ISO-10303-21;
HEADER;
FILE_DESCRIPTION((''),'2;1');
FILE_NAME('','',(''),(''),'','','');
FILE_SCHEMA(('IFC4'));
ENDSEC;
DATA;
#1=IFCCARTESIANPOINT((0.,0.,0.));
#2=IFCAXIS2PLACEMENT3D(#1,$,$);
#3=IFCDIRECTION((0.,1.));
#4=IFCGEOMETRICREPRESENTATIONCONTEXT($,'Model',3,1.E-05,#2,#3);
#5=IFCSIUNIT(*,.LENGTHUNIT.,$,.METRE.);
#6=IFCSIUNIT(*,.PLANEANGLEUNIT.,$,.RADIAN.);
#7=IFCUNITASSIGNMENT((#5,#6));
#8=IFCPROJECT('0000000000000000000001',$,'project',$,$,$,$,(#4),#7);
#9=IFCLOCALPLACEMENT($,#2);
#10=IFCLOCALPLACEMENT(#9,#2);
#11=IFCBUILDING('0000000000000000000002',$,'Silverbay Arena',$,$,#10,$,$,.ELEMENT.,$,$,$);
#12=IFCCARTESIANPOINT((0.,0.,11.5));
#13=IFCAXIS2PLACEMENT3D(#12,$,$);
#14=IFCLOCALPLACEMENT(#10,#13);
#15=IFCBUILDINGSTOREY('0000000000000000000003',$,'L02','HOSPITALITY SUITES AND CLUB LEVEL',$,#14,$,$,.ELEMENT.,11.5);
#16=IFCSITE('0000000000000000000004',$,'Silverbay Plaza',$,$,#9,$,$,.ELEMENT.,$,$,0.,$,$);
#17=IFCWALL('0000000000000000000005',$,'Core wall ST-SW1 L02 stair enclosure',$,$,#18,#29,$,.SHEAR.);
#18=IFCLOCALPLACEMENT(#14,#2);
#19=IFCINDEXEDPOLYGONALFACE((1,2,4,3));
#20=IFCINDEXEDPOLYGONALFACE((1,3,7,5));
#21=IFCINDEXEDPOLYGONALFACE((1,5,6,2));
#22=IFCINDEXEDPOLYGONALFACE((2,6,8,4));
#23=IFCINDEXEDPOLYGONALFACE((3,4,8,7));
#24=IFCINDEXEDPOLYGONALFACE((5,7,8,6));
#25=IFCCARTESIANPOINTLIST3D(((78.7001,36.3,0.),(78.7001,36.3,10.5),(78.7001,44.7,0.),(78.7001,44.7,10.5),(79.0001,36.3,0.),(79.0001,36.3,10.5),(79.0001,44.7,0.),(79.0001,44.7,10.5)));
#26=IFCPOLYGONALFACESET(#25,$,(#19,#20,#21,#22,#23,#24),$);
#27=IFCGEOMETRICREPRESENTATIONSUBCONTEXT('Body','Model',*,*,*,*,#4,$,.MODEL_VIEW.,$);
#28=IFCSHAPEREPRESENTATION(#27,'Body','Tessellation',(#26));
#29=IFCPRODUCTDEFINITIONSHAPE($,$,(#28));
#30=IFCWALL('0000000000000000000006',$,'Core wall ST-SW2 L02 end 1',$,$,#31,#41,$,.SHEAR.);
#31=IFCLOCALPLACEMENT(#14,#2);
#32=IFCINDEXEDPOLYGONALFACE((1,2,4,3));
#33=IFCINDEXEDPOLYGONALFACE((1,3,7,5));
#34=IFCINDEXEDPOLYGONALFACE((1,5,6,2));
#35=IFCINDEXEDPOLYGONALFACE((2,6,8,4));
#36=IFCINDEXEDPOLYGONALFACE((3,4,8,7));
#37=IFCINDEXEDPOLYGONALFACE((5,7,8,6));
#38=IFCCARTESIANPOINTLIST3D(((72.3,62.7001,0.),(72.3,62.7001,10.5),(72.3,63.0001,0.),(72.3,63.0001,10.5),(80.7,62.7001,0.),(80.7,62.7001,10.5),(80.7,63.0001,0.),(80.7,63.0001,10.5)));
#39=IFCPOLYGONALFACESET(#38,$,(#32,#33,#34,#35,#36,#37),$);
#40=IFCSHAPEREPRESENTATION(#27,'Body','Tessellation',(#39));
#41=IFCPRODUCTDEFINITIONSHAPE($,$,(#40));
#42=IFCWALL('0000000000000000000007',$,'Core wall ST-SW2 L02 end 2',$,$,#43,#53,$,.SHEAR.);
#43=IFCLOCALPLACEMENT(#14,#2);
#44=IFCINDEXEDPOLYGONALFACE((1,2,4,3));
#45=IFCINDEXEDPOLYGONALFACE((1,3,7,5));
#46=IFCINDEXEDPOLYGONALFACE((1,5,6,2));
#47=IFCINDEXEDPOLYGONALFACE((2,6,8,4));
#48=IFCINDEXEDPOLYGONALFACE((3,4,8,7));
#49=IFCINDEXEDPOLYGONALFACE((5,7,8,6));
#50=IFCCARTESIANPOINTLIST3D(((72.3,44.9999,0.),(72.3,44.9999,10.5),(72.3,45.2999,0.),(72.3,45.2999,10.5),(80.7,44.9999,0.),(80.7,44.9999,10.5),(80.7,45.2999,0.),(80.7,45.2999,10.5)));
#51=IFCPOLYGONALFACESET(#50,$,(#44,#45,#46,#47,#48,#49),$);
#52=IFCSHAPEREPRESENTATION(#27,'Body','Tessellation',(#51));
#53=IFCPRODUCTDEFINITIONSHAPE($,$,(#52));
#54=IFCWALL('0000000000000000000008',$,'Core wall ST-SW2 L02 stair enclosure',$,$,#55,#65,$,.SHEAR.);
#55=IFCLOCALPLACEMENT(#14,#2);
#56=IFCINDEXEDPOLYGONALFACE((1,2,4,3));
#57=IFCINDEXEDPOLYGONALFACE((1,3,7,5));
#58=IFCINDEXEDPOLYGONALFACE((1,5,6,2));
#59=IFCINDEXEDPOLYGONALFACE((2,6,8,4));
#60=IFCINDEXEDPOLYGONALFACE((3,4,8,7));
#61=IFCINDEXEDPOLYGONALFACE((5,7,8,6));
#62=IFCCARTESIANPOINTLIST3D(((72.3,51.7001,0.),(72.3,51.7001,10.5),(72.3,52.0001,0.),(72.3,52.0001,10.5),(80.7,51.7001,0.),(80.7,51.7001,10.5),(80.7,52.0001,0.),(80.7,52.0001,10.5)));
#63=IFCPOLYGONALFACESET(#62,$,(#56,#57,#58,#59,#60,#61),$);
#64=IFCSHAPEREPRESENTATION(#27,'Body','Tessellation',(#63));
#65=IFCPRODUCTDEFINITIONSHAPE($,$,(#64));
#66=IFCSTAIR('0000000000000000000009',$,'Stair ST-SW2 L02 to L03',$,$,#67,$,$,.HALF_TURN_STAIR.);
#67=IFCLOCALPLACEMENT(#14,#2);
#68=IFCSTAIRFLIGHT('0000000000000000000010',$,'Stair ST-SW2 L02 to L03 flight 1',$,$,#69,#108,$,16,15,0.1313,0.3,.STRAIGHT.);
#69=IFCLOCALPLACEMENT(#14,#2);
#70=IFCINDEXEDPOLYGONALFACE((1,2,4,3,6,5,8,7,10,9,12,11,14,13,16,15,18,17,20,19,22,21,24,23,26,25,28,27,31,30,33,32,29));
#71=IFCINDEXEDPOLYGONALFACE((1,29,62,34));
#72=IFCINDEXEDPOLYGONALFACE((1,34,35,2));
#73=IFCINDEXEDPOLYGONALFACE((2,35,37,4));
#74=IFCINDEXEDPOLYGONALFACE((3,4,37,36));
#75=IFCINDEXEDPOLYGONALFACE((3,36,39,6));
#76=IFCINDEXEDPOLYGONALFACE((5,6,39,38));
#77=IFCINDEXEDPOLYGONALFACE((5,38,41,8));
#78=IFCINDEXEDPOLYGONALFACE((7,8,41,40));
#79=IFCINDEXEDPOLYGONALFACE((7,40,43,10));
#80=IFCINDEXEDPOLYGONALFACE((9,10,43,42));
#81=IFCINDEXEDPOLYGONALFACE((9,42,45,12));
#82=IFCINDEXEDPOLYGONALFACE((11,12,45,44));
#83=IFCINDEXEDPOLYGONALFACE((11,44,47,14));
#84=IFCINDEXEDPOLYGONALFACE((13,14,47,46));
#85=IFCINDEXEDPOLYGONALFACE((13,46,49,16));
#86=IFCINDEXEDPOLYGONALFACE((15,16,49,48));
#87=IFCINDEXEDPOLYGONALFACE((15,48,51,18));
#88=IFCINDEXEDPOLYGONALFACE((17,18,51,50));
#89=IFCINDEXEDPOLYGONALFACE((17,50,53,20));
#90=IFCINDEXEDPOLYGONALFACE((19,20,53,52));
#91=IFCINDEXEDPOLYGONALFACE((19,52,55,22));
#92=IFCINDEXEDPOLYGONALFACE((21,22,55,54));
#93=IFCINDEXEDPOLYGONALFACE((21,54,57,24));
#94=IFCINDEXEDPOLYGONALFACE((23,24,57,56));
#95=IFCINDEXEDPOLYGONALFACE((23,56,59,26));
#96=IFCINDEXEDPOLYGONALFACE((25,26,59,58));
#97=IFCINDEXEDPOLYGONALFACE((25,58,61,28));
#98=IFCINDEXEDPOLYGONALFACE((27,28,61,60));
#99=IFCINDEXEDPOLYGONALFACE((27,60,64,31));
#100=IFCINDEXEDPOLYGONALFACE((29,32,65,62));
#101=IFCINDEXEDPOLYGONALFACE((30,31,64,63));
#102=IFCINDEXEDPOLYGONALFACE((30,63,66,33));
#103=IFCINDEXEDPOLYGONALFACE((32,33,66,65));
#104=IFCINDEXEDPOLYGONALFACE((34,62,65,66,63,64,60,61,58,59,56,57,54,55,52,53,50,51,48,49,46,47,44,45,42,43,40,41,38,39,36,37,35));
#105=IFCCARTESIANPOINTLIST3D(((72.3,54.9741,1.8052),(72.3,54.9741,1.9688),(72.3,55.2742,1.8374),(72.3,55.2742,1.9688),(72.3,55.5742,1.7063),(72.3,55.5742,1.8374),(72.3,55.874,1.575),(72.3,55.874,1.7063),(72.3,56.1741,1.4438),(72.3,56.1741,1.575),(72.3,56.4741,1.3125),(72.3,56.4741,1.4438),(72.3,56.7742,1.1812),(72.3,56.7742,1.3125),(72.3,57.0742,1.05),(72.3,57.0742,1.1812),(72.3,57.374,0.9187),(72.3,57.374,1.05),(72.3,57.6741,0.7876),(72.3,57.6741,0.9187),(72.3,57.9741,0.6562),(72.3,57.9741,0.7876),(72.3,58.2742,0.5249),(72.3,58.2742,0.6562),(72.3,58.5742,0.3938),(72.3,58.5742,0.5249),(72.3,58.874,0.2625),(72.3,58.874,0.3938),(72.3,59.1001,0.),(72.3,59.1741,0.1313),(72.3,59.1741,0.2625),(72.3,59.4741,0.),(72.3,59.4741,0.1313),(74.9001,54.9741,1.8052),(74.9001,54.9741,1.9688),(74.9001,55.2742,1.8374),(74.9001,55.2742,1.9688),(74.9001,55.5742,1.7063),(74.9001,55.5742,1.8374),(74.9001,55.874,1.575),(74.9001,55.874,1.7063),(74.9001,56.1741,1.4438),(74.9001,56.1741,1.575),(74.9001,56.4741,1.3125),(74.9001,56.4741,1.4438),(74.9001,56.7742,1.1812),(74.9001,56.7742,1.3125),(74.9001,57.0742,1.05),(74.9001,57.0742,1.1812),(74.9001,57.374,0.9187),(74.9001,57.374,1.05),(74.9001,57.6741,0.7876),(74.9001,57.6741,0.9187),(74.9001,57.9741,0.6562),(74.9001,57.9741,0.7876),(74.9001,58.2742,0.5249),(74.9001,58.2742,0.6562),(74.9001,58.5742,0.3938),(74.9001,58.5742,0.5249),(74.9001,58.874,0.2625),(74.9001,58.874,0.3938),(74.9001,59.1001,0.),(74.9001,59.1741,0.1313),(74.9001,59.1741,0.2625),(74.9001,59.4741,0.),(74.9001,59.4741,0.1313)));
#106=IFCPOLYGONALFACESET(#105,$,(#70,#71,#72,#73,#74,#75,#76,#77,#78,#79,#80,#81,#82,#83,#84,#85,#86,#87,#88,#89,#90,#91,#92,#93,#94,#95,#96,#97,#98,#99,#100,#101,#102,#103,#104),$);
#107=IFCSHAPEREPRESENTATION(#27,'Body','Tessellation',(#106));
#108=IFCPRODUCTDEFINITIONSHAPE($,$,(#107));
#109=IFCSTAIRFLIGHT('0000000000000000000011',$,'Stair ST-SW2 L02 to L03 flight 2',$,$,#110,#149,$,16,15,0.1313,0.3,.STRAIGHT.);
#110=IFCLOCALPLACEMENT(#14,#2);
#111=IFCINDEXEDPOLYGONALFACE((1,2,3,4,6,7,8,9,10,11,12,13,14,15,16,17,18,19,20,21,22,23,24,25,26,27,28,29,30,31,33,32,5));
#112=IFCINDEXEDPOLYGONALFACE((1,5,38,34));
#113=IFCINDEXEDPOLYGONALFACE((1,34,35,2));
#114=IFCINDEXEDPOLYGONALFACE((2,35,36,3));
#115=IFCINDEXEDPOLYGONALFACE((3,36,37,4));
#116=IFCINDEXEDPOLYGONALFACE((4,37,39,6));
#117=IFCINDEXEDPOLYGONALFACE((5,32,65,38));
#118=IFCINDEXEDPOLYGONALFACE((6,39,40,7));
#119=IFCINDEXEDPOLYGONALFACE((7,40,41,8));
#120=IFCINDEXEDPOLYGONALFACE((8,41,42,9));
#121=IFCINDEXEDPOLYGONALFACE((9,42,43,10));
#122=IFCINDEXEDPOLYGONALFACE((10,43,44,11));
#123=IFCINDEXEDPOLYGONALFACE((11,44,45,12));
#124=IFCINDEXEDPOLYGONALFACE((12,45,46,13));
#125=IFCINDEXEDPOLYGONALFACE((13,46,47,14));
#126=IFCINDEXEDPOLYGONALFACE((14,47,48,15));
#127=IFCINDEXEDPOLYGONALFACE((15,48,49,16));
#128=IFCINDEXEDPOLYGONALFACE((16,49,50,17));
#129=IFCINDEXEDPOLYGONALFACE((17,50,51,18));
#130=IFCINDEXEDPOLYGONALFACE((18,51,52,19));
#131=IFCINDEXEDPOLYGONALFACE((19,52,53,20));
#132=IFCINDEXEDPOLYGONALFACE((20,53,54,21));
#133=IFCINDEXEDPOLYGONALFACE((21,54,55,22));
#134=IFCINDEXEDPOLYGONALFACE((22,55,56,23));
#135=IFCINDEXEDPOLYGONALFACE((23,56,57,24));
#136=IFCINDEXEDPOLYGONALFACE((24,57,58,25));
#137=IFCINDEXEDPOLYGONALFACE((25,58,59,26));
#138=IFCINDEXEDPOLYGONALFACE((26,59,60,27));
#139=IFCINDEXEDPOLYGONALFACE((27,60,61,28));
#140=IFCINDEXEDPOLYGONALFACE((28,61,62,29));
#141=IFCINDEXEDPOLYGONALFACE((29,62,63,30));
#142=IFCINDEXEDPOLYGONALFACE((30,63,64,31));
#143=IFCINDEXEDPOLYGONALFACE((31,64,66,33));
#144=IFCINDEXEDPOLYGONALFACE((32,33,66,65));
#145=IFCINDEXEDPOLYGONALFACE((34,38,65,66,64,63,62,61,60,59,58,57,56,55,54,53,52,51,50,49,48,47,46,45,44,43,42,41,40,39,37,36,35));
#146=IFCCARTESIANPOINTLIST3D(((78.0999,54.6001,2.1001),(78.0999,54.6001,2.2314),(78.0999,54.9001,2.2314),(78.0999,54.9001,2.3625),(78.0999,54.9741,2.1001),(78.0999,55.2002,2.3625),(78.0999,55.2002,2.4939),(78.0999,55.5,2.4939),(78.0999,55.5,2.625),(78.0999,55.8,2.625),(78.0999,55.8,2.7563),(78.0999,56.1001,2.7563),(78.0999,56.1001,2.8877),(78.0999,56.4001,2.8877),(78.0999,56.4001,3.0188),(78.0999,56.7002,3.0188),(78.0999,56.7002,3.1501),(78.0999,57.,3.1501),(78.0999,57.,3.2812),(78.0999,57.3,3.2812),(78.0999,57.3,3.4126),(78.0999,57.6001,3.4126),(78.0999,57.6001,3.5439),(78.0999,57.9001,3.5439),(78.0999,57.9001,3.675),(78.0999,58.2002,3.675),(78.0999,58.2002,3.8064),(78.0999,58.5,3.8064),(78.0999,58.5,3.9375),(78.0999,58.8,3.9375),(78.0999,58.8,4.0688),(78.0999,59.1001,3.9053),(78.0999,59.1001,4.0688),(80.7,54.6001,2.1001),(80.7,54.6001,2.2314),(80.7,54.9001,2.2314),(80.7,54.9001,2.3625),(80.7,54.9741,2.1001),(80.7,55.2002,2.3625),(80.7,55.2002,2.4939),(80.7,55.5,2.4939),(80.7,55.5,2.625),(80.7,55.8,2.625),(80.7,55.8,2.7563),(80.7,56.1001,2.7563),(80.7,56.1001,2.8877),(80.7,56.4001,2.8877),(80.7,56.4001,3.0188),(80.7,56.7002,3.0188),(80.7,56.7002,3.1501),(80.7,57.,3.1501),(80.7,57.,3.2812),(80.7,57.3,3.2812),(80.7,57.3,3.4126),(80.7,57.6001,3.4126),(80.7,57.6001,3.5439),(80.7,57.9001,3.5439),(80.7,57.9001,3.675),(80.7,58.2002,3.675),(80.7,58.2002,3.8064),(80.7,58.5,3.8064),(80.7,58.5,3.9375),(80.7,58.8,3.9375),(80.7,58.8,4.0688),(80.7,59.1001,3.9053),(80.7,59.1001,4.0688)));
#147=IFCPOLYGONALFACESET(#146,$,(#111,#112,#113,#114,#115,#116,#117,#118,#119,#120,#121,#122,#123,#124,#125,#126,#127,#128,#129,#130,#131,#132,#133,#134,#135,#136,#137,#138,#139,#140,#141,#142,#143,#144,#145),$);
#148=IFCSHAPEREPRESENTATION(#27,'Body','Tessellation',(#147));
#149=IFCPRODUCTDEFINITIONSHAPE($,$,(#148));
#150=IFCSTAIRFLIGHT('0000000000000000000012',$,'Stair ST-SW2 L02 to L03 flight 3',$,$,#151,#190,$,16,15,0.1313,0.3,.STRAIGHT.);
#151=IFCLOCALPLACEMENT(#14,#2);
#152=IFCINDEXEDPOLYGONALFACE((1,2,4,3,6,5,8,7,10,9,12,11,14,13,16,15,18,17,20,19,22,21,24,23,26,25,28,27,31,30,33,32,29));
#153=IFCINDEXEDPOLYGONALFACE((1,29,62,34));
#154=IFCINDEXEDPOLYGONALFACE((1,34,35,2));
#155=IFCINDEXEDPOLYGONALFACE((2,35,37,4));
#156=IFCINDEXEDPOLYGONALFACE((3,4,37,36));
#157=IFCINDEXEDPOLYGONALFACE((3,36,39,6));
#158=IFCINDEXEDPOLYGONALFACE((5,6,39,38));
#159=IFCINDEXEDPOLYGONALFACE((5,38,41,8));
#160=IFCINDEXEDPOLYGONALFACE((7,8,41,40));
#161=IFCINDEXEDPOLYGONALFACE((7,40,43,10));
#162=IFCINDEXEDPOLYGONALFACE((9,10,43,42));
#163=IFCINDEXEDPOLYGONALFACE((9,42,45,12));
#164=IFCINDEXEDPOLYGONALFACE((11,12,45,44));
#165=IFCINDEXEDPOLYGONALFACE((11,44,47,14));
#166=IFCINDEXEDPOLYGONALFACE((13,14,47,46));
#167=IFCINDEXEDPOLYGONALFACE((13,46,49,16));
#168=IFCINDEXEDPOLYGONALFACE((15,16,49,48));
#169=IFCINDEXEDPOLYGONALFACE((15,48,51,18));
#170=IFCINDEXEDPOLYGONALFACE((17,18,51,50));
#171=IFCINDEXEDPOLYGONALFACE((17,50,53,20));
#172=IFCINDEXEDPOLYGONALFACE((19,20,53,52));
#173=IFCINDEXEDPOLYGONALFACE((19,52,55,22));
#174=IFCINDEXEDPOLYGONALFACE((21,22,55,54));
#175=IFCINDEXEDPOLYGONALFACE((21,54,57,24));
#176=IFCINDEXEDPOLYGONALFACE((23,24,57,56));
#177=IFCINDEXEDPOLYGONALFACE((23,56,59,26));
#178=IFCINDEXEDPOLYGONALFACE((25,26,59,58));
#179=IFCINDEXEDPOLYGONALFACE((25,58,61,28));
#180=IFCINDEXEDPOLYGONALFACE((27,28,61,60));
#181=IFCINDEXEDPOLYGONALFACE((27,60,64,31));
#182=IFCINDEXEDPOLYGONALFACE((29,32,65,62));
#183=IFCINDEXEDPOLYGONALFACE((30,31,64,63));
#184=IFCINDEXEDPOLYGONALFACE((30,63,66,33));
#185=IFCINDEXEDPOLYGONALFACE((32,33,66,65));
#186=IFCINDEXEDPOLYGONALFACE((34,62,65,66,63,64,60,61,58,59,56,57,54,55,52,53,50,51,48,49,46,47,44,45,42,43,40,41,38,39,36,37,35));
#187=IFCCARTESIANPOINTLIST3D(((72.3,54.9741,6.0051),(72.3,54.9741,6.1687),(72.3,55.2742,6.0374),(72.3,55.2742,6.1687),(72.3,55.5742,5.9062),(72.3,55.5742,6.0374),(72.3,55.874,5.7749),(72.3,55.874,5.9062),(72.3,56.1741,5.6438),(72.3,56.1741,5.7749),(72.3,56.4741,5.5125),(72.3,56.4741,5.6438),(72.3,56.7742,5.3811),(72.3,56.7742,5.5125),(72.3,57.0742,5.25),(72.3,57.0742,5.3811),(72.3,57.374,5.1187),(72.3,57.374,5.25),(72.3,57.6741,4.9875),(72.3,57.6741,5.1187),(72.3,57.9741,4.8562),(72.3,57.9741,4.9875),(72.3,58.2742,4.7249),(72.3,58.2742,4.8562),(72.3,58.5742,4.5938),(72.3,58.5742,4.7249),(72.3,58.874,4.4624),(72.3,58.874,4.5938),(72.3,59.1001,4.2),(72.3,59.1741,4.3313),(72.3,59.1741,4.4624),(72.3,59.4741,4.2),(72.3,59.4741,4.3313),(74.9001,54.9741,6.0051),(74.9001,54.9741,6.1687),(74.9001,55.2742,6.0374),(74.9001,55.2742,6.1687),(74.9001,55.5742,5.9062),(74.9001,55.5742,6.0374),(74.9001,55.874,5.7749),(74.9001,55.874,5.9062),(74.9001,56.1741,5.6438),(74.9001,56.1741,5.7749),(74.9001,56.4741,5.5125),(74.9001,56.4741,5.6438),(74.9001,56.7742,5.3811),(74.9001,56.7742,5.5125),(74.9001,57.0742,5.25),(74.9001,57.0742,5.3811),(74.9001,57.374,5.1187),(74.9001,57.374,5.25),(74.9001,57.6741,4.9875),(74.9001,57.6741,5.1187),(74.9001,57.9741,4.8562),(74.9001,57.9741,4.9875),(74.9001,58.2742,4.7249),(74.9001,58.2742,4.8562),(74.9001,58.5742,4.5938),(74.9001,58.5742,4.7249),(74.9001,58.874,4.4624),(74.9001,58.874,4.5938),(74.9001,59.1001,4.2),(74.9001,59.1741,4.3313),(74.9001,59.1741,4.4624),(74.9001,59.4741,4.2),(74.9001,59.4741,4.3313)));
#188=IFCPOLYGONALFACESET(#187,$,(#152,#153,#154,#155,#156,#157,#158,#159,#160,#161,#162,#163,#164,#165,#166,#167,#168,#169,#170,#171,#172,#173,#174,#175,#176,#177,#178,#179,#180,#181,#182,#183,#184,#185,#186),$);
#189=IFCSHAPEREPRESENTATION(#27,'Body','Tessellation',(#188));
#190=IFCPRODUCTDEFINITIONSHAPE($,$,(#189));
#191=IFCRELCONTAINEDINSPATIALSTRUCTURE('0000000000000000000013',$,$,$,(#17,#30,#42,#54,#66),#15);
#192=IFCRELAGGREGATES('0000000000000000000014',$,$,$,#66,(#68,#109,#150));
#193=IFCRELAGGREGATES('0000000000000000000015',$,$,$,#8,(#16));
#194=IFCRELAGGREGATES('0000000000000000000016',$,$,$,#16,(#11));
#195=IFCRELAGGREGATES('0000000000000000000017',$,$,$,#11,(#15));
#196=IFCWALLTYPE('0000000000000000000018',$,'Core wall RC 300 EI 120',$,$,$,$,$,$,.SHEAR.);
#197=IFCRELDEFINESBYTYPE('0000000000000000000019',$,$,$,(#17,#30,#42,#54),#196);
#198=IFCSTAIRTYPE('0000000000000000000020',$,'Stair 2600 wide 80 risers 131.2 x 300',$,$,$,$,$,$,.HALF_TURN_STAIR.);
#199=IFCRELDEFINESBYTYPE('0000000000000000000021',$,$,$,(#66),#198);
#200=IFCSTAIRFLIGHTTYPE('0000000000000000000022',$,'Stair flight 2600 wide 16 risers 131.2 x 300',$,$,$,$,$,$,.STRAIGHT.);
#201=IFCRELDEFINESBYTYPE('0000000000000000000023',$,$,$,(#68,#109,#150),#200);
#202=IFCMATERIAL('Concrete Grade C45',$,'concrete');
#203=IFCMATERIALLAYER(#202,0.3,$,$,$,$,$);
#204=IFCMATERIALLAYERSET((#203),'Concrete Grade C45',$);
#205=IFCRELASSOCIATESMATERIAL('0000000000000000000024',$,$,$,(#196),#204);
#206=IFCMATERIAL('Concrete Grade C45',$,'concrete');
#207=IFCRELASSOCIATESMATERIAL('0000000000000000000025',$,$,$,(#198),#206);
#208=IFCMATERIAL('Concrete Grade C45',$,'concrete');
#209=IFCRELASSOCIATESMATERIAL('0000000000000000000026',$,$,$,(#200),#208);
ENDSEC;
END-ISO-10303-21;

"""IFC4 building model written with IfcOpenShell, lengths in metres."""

from ifc_helpers import new_model, si_unit, direction, frame, frame_2d, origin, place, context, subcontext, project, spatial, polyline, rectangle, outline, extrude, material, layer, layer_set, type_object, element, aggregate, save


model = new_model("IFC4")

# Units and contexts
model_context = context("Model", 3, precision=1e-05, world=origin(), true_north=direction((0.0, 1.0)))
body_context = subcontext(model_context, "Body", "Model", "MODEL_VIEW")
ifc_project = project(units=[si_unit("LENGTHUNIT", "METRE"), si_unit("PLANEANGLEUNIT", "RADIAN")], contexts=[model_context])

# Site, building, storey
site_placement = place(None, origin())
site = spatial("IfcSite", under=ifc_project, at=site_placement, Name="Silverbay Plaza", CompositionType="ELEMENT", RefElevation=0.0)
building_placement = place(site_placement, origin())
building = spatial("IfcBuilding", under=site, at=building_placement, Name="Silverbay Arena", CompositionType="ELEMENT")
storey_placement = place(building_placement, frame((0.0, 0.0, 11.5)))
storey = spatial("IfcBuildingStorey", under=building, at=storey_placement, Name="L02", Description="HOSPITALITY SUITES AND CLUB LEVEL", CompositionType="ELEMENT", Elevation=11.5)

# Walls
ifc_material_1 = material(Name="Concrete Grade C45", Category="concrete")
ifc_layer = layer(ifc_material_1, 0.3)
ifc_layer_set = layer_set([ifc_layer], Name="Concrete Grade C45")
wall_type = type_object("IfcWallType", Name="Core wall RC 300 EI 120", PredefinedType="SHEAR", material=ifc_layer_set)
for number, where, z_axis, x_axis, name in (
    (1, (78.8501, 44.7, 0.0), (0.0, 0.0, 1.0), (0.0, -1.0, 0.0), "Core wall ST-SW1 L02 stair enclosure"),
    (2, (80.7, 62.8501, 0.0), (0.0, 0.0, 1.0), (-1.0, 0.0, 0.0), "Core wall ST-SW2 L02 end 1"),
    (3, (80.7, 45.1499, 0.0), (0.0, 0.0, 1.0), (-1.0, 0.0, 0.0), "Core wall ST-SW2 L02 end 2"),
    (4, (80.7, 51.8501, 0.0), (0.0, 0.0, 1.0), (-1.0, 0.0, 0.0), "Core wall ST-SW2 L02 stair enclosure"),
):
    element("IfcWall", number, at=place(storey_placement, frame(where, z_axis=z_axis, x_axis=x_axis)), inside=storey, type_object=wall_type, Name=name, PredefinedType="SHEAR", context=body_context, shape_type="SweptSolid", body=[
        extrude(rectangle(XDim=8.3999, YDim=0.3, at=frame_2d((4.2, 0.0))), origin(), (0.0, 0.0, 1.0), 10.5),
    ])

# Stair, stair flights
ifc_material_2 = material(Name="Concrete Grade C45", Category="concrete")
stair_type = type_object("IfcStairType", Name="Stair 2600 wide 80 risers 131.2 x 300", PredefinedType="HALF_TURN_STAIR", material=ifc_material_2)
stair_placement = place(storey_placement, origin())
stair = element("IfcStair", 5, at=stair_placement, inside=storey, type_object=stair_type, Name="Stair ST-SW2 L02 to L03", PredefinedType="HALF_TURN_STAIR")
ifc_material_3 = material(Name="Concrete Grade C45", Category="concrete")
stair_flight_type = type_object("IfcStairFlightType", Name="Stair flight 2600 wide 16 risers 131.2 x 300", PredefinedType="STRAIGHT", material=ifc_material_3)
stair_flight_1_placement = place(storey_placement, frame((73.6001, 59.4741, 0.0), z_axis=(0.0, 0.0, 1.0), x_axis=(0.0, -1.0, 0.0)))
stair_flight_1 = element("IfcStairFlight", 6, at=stair_flight_1_placement, type_object=stair_flight_type, Name="Stair ST-SW2 L02 to L03 flight 1", NumberOfRisers=16, NumberOfTreads=15, PredefinedType="STRAIGHT", RiserHeight=0.1313, TreadLength=0.3, context=body_context, shape_type="SweptSolid", body=[
    extrude(outline(polyline([(0.0, 0.0), (0.0, 0.1313), (0.3, 0.1313), (0.3, 0.2625), (0.6001, 0.2625), (0.6001, 0.3938), (0.8999, 0.3938), (0.8999, 0.5249), (1.2, 0.5249), (1.2, 0.6562), (1.5, 0.6562), (1.5, 0.7876), (1.8, 0.7876), (1.8, 0.9187), (2.1001, 0.9187), (2.1001, 1.05), (2.3999, 1.05), (2.3999, 1.1812), (2.7, 1.1812), (2.7, 1.3125), (3.0, 1.3125), (3.0, 1.4438), (3.3, 1.4438), (3.3, 1.575), (3.6001, 1.575), (3.6001, 1.7063), (3.8999, 1.7063), (3.8999, 1.8374), (4.2, 1.8374), (4.2, 1.9688), (4.5, 1.9688), (4.5, 1.8052), (0.374, 0.0), (0.0, 0.0)])), frame((0.0, 1.3, 0.0), z_axis=(0.0, -1.0, 0.0), x_axis=(1.0, 0.0, 0.0)), (0.0, 0.0, 1.0), 2.6001),
])
stair_flight_2_placement = place(storey_placement, frame((79.3999, 54.6001, 2.1001), z_axis=(0.0, 0.0, 1.0), x_axis=(0.0, 1.0, 0.0)))
stair_flight_2 = element("IfcStairFlight", 7, at=stair_flight_2_placement, type_object=stair_flight_type, Name="Stair ST-SW2 L02 to L03 flight 2", NumberOfRisers=16, NumberOfTreads=15, PredefinedType="STRAIGHT", RiserHeight=0.1313, TreadLength=0.3, context=body_context, shape_type="SweptSolid", body=[
    extrude(outline(polyline([(0.0, 0.0), (0.0, 0.1313), (0.3, 0.1313), (0.3, 0.2625), (0.6001, 0.2625), (0.6001, 0.3938), (0.8999, 0.3938), (0.8999, 0.5249), (1.2, 0.5249), (1.2, 0.6562), (1.5, 0.6562), (1.5, 0.7876), (1.8, 0.7876), (1.8, 0.9187), (2.1001, 0.9187), (2.1001, 1.05), (2.3999, 1.05), (2.3999, 1.1812), (2.7, 1.1812), (2.7, 1.3125), (3.0, 1.3125), (3.0, 1.4438), (3.3, 1.4438), (3.3, 1.575), (3.6001, 1.575), (3.6001, 1.7063), (3.8999, 1.7063), (3.8999, 1.8374), (4.2, 1.8374), (4.2, 1.9688), (4.5, 1.9688), (4.5, 1.8052), (0.374, 0.0), (0.0, 0.0)])), frame((0.0, 1.3, 0.0), z_axis=(0.0, -1.0, 0.0), x_axis=(1.0, 0.0, 0.0)), (0.0, 0.0, 1.0), 2.6001),
])
stair_flight_3_placement = place(storey_placement, frame((73.6001, 59.4741, 4.2), z_axis=(0.0, 0.0, 1.0), x_axis=(0.0, -1.0, 0.0)))
stair_flight_3 = element("IfcStairFlight", 8, at=stair_flight_3_placement, type_object=stair_flight_type, Name="Stair ST-SW2 L02 to L03 flight 3", NumberOfRisers=16, NumberOfTreads=15, PredefinedType="STRAIGHT", RiserHeight=0.1313, TreadLength=0.3, context=body_context, shape_type="SweptSolid", body=[
    extrude(outline(polyline([(0.0, 0.0), (0.0, 0.1313), (0.3, 0.1313), (0.3, 0.2625), (0.6001, 0.2625), (0.6001, 0.3938), (0.8999, 0.3938), (0.8999, 0.5249), (1.2, 0.5249), (1.2, 0.6562), (1.5, 0.6562), (1.5, 0.7876), (1.8, 0.7876), (1.8, 0.9187), (2.1001, 0.9187), (2.1001, 1.05), (2.3999, 1.05), (2.3999, 1.1812), (2.7, 1.1812), (2.7, 1.3125), (3.0, 1.3125), (3.0, 1.4438), (3.3, 1.4438), (3.3, 1.575), (3.6001, 1.575), (3.6001, 1.7063), (3.8999, 1.7063), (3.8999, 1.8374), (4.2, 1.8374), (4.2, 1.9688), (4.5, 1.9688), (4.5, 1.8052), (0.374, 0.0), (0.0, 0.0)])), frame((0.0, 1.3, 0.0), z_axis=(0.0, -1.0, 0.0), x_axis=(1.0, 0.0, 0.0)), (0.0, 0.0, 1.0), 2.6001),
])
aggregate(stair, [stair_flight_1, stair_flight_2, stair_flight_3])

save(model, "model.ifc")
